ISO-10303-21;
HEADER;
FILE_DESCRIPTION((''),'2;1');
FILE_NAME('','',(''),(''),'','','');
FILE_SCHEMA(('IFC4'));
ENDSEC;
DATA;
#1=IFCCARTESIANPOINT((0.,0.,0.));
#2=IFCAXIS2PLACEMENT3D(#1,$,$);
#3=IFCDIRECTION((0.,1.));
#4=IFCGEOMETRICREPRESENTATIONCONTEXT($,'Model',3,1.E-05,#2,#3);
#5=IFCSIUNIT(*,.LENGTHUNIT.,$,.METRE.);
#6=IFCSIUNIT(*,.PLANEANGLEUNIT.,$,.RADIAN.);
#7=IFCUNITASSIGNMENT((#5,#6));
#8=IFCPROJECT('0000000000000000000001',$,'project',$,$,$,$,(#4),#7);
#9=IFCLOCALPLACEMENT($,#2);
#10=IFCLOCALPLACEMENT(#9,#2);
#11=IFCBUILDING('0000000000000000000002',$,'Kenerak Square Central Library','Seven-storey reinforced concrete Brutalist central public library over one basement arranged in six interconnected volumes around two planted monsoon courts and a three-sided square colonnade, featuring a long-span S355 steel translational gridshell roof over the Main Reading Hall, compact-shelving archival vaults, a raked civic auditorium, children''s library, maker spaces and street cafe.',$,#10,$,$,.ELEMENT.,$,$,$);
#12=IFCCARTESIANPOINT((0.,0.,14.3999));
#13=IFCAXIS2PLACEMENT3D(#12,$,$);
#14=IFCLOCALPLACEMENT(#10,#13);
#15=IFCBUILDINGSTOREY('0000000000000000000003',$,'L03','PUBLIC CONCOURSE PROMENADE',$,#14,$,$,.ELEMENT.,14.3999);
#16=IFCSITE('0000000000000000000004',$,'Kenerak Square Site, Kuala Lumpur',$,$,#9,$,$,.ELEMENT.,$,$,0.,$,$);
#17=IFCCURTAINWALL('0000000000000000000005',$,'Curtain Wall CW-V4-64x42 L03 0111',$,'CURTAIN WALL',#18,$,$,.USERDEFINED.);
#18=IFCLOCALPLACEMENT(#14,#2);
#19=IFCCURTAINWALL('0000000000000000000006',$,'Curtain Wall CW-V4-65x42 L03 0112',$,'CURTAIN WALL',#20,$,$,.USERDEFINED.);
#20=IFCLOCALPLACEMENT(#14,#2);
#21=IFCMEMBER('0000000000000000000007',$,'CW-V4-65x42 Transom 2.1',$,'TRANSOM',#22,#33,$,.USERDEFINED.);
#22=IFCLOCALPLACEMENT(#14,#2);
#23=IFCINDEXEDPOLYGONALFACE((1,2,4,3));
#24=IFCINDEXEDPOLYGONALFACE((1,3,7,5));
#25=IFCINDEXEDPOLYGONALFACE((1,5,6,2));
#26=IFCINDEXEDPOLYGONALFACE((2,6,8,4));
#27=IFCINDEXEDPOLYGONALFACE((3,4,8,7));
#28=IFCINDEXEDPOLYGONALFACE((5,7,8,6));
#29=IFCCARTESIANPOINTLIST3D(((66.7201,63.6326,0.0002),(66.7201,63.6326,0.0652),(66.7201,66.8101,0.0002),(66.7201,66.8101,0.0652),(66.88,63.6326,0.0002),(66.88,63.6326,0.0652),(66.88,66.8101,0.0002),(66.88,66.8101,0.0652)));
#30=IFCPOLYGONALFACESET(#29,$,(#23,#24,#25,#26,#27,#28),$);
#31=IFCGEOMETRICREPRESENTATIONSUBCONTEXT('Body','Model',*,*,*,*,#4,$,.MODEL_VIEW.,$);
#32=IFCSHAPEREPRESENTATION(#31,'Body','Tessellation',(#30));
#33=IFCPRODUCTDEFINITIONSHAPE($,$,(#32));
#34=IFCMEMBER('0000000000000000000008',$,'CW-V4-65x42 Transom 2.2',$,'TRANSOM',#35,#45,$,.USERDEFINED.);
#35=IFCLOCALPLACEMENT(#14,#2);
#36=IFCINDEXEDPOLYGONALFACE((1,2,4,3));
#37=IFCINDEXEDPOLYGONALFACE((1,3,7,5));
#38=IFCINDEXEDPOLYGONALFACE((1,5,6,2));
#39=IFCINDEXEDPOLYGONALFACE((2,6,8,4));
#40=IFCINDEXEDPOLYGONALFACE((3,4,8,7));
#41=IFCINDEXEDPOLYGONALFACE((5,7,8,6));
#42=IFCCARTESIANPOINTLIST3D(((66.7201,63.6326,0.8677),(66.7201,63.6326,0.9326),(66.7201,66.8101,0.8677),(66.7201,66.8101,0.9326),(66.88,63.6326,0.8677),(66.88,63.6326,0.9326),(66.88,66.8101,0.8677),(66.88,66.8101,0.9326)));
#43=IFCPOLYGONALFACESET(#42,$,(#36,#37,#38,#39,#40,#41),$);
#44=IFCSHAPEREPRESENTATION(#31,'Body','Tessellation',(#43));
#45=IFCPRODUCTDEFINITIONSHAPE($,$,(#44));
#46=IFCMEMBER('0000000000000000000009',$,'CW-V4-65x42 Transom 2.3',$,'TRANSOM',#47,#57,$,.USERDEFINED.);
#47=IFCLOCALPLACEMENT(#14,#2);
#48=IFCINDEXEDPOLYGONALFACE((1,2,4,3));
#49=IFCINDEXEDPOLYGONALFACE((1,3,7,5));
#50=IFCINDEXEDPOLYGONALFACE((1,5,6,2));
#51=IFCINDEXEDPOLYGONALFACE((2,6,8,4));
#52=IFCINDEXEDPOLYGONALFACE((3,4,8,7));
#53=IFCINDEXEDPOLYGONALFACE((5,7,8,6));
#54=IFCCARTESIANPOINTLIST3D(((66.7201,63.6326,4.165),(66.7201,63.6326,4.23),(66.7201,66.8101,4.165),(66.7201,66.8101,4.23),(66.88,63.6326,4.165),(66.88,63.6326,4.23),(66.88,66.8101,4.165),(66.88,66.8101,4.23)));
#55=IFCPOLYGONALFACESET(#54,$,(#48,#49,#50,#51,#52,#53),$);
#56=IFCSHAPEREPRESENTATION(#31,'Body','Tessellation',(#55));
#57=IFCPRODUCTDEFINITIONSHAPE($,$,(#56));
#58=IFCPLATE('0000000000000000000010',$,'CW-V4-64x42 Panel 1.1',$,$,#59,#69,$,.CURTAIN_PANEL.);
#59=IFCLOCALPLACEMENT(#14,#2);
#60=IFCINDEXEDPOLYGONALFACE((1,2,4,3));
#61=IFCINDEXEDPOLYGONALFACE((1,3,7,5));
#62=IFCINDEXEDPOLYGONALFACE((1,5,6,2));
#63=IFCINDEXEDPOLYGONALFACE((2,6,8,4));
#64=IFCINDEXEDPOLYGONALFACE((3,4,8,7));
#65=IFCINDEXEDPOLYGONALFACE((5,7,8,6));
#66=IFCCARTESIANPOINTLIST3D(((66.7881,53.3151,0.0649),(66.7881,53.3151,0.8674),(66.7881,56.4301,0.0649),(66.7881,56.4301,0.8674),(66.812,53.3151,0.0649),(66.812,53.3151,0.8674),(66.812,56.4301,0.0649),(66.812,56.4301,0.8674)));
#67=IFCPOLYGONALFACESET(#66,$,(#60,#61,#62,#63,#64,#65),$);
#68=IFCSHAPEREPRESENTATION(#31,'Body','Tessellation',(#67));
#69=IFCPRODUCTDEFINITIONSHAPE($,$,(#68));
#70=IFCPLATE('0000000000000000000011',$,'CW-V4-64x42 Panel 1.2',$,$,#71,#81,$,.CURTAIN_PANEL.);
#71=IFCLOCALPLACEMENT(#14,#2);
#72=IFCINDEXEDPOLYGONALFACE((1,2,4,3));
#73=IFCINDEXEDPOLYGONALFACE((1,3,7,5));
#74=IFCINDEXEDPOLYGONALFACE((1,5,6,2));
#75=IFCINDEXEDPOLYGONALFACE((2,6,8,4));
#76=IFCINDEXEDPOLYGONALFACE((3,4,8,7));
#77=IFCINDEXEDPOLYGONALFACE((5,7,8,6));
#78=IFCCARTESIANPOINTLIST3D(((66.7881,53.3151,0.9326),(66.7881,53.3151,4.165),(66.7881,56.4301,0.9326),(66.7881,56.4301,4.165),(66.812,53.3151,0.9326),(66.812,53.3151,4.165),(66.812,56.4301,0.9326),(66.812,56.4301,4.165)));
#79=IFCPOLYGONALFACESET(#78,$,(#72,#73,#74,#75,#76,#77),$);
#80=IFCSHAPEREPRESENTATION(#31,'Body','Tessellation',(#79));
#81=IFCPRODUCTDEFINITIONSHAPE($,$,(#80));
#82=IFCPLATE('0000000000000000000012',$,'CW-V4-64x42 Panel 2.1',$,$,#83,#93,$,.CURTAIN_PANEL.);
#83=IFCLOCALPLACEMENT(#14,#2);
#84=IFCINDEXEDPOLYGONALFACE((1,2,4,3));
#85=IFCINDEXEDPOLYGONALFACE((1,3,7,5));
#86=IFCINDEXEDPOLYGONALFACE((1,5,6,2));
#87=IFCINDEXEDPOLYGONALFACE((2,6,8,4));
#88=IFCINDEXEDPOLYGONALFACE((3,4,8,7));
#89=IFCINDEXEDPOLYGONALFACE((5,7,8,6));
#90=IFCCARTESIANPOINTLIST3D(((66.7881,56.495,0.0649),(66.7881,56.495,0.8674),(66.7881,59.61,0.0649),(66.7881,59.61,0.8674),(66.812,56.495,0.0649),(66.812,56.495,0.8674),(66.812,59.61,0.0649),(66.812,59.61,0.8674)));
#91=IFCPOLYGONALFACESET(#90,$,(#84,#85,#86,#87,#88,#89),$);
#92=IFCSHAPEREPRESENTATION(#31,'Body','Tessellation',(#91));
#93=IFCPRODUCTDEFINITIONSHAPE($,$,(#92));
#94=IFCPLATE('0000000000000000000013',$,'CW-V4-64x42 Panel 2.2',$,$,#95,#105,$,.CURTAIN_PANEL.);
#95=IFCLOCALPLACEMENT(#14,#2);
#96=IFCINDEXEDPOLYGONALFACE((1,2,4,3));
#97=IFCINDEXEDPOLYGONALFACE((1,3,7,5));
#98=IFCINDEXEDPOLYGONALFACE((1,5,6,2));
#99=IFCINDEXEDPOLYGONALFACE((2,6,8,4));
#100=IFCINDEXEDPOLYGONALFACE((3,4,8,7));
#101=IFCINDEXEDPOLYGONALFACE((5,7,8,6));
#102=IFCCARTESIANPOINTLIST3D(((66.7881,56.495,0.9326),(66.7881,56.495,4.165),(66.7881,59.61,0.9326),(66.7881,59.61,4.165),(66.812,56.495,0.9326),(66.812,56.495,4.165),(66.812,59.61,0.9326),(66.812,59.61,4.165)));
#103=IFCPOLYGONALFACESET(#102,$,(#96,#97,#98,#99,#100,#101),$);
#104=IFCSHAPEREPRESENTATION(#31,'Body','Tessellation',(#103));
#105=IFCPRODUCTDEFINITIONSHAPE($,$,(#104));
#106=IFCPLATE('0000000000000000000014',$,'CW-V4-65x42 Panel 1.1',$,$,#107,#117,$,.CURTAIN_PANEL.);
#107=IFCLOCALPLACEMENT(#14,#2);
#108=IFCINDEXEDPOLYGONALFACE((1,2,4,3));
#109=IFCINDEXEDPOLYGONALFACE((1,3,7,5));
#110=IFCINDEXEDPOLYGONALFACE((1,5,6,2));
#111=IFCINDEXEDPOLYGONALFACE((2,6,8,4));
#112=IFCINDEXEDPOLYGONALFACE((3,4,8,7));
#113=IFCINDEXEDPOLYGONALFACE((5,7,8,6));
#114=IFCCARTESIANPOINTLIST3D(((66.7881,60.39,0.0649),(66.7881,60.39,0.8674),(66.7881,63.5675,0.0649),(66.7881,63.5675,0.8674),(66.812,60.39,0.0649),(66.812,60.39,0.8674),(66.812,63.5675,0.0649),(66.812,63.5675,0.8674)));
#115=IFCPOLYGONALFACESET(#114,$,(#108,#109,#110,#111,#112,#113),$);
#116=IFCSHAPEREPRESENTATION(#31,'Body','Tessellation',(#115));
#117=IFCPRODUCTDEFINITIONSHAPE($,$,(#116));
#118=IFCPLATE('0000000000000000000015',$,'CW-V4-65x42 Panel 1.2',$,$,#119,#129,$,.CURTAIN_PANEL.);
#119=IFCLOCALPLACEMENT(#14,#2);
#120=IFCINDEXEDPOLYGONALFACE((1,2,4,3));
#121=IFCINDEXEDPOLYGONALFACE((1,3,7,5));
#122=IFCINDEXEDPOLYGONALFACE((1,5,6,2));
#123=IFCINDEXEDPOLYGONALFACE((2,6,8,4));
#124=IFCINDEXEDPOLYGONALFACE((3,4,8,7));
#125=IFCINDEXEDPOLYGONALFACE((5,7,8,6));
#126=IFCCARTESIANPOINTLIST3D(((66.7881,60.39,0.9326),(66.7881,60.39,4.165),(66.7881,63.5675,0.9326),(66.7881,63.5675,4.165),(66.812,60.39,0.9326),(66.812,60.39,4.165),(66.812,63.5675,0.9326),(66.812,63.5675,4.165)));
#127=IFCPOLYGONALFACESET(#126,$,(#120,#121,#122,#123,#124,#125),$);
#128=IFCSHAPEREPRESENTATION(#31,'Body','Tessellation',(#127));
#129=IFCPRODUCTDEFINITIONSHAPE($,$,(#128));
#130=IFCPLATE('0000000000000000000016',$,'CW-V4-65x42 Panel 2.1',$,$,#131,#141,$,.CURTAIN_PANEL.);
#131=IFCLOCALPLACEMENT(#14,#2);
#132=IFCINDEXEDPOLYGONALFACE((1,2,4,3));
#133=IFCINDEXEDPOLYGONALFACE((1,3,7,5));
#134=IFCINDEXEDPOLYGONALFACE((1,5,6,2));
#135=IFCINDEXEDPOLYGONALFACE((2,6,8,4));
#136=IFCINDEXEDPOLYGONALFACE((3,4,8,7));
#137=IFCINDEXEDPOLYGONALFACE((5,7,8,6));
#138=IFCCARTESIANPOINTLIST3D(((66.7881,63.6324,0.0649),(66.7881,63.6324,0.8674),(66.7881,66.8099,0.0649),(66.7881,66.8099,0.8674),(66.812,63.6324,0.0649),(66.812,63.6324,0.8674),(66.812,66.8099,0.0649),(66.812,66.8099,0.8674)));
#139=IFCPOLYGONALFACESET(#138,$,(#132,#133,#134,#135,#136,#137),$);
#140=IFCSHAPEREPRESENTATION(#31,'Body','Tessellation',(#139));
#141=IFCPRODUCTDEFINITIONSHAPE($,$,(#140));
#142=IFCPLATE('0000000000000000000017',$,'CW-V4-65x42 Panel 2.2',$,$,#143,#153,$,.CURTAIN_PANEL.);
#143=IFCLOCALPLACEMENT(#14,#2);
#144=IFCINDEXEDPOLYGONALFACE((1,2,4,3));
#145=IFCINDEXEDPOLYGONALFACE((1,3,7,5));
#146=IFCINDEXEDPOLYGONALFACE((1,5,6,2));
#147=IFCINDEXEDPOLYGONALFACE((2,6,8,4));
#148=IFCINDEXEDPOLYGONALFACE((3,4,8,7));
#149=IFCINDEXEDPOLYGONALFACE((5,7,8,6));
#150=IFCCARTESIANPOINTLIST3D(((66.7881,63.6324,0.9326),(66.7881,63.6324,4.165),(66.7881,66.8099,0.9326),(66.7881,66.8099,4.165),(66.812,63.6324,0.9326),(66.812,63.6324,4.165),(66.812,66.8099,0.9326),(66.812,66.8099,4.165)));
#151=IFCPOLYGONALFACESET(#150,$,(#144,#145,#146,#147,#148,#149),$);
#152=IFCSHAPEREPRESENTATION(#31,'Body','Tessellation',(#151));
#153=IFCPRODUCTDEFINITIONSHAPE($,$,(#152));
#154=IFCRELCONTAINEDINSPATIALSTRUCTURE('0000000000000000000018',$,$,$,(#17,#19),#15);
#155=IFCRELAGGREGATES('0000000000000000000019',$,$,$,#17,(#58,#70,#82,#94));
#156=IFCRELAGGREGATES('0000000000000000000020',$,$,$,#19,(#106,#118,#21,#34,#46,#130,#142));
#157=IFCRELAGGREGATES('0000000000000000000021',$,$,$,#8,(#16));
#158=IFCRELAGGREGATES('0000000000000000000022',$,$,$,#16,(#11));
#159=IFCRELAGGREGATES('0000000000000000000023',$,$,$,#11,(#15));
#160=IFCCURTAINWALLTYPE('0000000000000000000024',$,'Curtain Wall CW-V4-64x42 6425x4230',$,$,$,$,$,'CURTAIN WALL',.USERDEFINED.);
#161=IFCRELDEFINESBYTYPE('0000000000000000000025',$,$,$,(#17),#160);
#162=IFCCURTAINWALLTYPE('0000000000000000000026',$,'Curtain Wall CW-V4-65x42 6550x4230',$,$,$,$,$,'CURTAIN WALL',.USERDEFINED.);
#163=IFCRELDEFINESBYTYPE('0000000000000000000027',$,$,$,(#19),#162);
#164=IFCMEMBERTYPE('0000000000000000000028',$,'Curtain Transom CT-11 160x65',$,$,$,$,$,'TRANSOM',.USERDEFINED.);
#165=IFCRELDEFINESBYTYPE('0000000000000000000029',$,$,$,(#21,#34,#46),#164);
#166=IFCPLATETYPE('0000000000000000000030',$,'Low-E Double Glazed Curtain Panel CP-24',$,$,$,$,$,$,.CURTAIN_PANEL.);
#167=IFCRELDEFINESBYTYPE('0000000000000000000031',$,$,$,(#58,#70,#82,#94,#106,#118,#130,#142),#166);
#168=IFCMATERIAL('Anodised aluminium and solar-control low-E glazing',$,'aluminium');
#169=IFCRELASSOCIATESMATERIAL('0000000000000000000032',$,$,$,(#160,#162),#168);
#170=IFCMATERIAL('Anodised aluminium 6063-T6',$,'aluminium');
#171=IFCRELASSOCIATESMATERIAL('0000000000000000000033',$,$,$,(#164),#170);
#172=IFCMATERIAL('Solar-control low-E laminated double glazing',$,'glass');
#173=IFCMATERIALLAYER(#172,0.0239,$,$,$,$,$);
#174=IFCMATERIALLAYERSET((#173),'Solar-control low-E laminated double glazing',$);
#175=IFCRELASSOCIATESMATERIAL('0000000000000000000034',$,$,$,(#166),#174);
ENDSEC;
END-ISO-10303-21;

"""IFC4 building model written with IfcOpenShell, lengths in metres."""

from ifc_helpers import new_model, si_unit, direction, frame, origin, origin_2d, place, context, subcontext, project, spatial, rectangle, extrude, material, layer, layer_set, material_profile, profile_set, type_object, element, aggregate, save


model = new_model("IFC4")

# Units and contexts
model_context = context("Model", 3, precision=1e-05, world=origin(), true_north=direction((0.0, 1.0)))
body_context = subcontext(model_context, "Body", "Model", "MODEL_VIEW")
ifc_project = project(units=[si_unit("LENGTHUNIT", "METRE"), si_unit("PLANEANGLEUNIT", "RADIAN")], contexts=[model_context])

# Site, building, storey
site_placement = place(None, origin())
site = spatial("IfcSite", under=ifc_project, at=site_placement, Name="Kenerak Square Site, Kuala Lumpur", CompositionType="ELEMENT", RefElevation=0.0)
building_placement = place(site_placement, origin())
building = spatial("IfcBuilding", under=site, at=building_placement, Name="Kenerak Square Central Library", Description="Seven-storey reinforced concrete Brutalist central public library over one basement arranged in six interconnected volumes around two planted monsoon courts and a three-sided square colonnade, featuring a long-span S355 steel translational gridshell roof over the Main Reading Hall, compact-shelving archival vaults, a raked civic auditorium, children's library, maker spaces and street cafe.", CompositionType="ELEMENT")
storey_placement = place(building_placement, frame((0.0, 0.0, 14.3999)))
storey = spatial("IfcBuildingStorey", under=building, at=storey_placement, Name="L03", Description="PUBLIC CONCOURSE PROMENADE", CompositionType="ELEMENT", Elevation=14.3999)

# Curtain walls
ifc_material_1 = material(Name="Anodised aluminium and solar-control low-E glazing", Category="aluminium")
curtain_wall_type_1 = type_object("IfcCurtainWallType", Name="Curtain Wall CW-V4-64x42 6425x4230", ElementType="CURTAIN WALL", PredefinedType="USERDEFINED", material=ifc_material_1)
curtain_wall_1_placement = place(storey_placement, origin())
curtain_wall_1 = element("IfcCurtainWall", 1, at=curtain_wall_1_placement, inside=storey, type_object=curtain_wall_type_1, Name="Curtain Wall CW-V4-64x42 L03 0111", ObjectType="CURTAIN WALL", PredefinedType="USERDEFINED")
ifc_material_2 = material(Name="Anodised aluminium 6063-T6", Category="aluminium")
curtain_wall_type_2 = type_object("IfcCurtainWallType", Name="Curtain Wall CW-V4-65x42 6550x4230", ElementType="CURTAIN WALL", PredefinedType="USERDEFINED", material=ifc_material_1)
curtain_wall_2_placement = place(storey_placement, origin())
curtain_wall_2 = element("IfcCurtainWall", 2, at=curtain_wall_2_placement, inside=storey, type_object=curtain_wall_type_2, Name="Curtain Wall CW-V4-65x42 L03 0112", ObjectType="CURTAIN WALL", PredefinedType="USERDEFINED")

# Members
ifc_material_profile_1 = material_profile(ifc_material_2, rectangle(XDim=0.1599, YDim=0.0649, at=origin_2d()), Name="AL TRANSOM 160x65")
ifc_profile_set_1 = profile_set([ifc_material_profile_1], Name="Anodised aluminium 6063-T6")
member_type_1 = type_object("IfcMemberType", Name="Curtain Transom CT-11 160x65", ElementType="TRANSOM", PredefinedType="USERDEFINED", material=ifc_profile_set_1)
member_1_placement = place(storey_placement, frame((66.8, 63.6326, 0.0327), z_axis=(0.0, 1.0, 0.0), x_axis=(-1.0, 0.0, 0.0)))
member_1 = element("IfcMember", 3, at=member_1_placement, type_object=member_type_1, Name="CW-V4-65x42 Transom 2.1", ObjectType="TRANSOM", PredefinedType="USERDEFINED", context=body_context, shape_type="SweptSolid", body=[
    extrude(rectangle(XDim=0.1599, YDim=0.0649, at=origin_2d()), origin(), (0.0, 0.0, 1.0), 3.1775),
])
member_2_placement = place(storey_placement, frame((66.8, 63.6326, 0.9001), z_axis=(0.0, 1.0, 0.0), x_axis=(-1.0, 0.0, 0.0)))
member_2 = element("IfcMember", 4, at=member_2_placement, type_object=member_type_1, Name="CW-V4-65x42 Transom 2.2", ObjectType="TRANSOM", PredefinedType="USERDEFINED", context=body_context, shape_type="SweptSolid", body=[
    extrude(rectangle(XDim=0.1599, YDim=0.0649, at=origin_2d()), origin(), (0.0, 0.0, 1.0), 3.1775),
])
member_3_placement = place(storey_placement, frame((66.8, 63.6326, 4.1975), z_axis=(0.0, 1.0, 0.0), x_axis=(-1.0, 0.0, 0.0)))
member_3 = element("IfcMember", 5, at=member_3_placement, type_object=member_type_1, Name="CW-V4-65x42 Transom 2.3", ObjectType="TRANSOM", PredefinedType="USERDEFINED", context=body_context, shape_type="SweptSolid", body=[
    extrude(rectangle(XDim=0.1599, YDim=0.0649, at=origin_2d()), origin(), (0.0, 0.0, 1.0), 3.1775),
])

# Plates
ifc_material_3 = material(Name="Solar-control low-E laminated double glazing", Category="glass")
ifc_layer = layer(ifc_material_3, 0.0239)
ifc_layer_set = layer_set([ifc_layer], Name="Solar-control low-E laminated double glazing")
plate_type = type_object("IfcPlateType", Name="Low-E Double Glazed Curtain Panel CP-24", PredefinedType="CURTAIN_PANEL", material=ifc_layer_set)
plate_1_placement = place(storey_placement, frame((66.8, 54.8726, 0.0649), z_axis=(0.0, 0.0, 1.0), x_axis=(0.0, 1.0, 0.0)))
plate_1 = element("IfcPlate", 6, at=plate_1_placement, type_object=plate_type, Name="CW-V4-64x42 Panel 1.1", PredefinedType="CURTAIN_PANEL", context=body_context, shape_type="SweptSolid", body=[
    extrude(rectangle(XDim=3.115, YDim=0.0239, at=origin_2d()), origin(), (0.0, 0.0, 1.0), 0.8025),
])
plate_2_placement = place(storey_placement, frame((66.8, 54.8726, 0.9326), z_axis=(0.0, 0.0, 1.0), x_axis=(0.0, 1.0, 0.0)))
plate_2 = element("IfcPlate", 7, at=plate_2_placement, type_object=plate_type, Name="CW-V4-64x42 Panel 1.2", PredefinedType="CURTAIN_PANEL", context=body_context, shape_type="SweptSolid", body=[
    extrude(rectangle(XDim=3.115, YDim=0.0239, at=origin_2d()), origin(), (0.0, 0.0, 1.0), 3.2324),
])
plate_3_placement = place(storey_placement, frame((66.8, 58.0525, 0.0649), z_axis=(0.0, 0.0, 1.0), x_axis=(0.0, 1.0, 0.0)))
plate_3 = element("IfcPlate", 8, at=plate_3_placement, type_object=plate_type, Name="CW-V4-64x42 Panel 2.1", PredefinedType="CURTAIN_PANEL", context=body_context, shape_type="SweptSolid", body=[
    extrude(rectangle(XDim=3.115, YDim=0.0239, at=origin_2d()), origin(), (0.0, 0.0, 1.0), 0.8025),
])
plate_4_placement = place(storey_placement, frame((66.8, 58.0525, 0.9326), z_axis=(0.0, 0.0, 1.0), x_axis=(0.0, 1.0, 0.0)))
plate_4 = element("IfcPlate", 9, at=plate_4_placement, type_object=plate_type, Name="CW-V4-64x42 Panel 2.2", PredefinedType="CURTAIN_PANEL", context=body_context, shape_type="SweptSolid", body=[
    extrude(rectangle(XDim=3.115, YDim=0.0239, at=origin_2d()), origin(), (0.0, 0.0, 1.0), 3.2324),
])
aggregate(curtain_wall_1, [plate_1, plate_2, plate_3, plate_4])
plate_5_placement = place(storey_placement, frame((66.8, 61.9788, 0.0649), z_axis=(0.0, 0.0, 1.0), x_axis=(0.0, 1.0, 0.0)))
plate_5 = element("IfcPlate", 10, at=plate_5_placement, type_object=plate_type, Name="CW-V4-65x42 Panel 1.1", PredefinedType="CURTAIN_PANEL", context=body_context, shape_type="SweptSolid", body=[
    extrude(rectangle(XDim=3.1775, YDim=0.0239, at=origin_2d()), origin(), (0.0, 0.0, 1.0), 0.8025),
])
plate_6_placement = place(storey_placement, frame((66.8, 61.9788, 0.9326), z_axis=(0.0, 0.0, 1.0), x_axis=(0.0, 1.0, 0.0)))
plate_6 = element("IfcPlate", 11, at=plate_6_placement, type_object=plate_type, Name="CW-V4-65x42 Panel 1.2", PredefinedType="CURTAIN_PANEL", context=body_context, shape_type="SweptSolid", body=[
    extrude(rectangle(XDim=3.1775, YDim=0.0239, at=origin_2d()), origin(), (0.0, 0.0, 1.0), 3.2324),
])
plate_7_placement = place(storey_placement, frame((66.8, 65.2212, 0.0649), z_axis=(0.0, 0.0, 1.0), x_axis=(0.0, 1.0, 0.0)))
plate_7 = element("IfcPlate", 12, at=plate_7_placement, type_object=plate_type, Name="CW-V4-65x42 Panel 2.1", PredefinedType="CURTAIN_PANEL", context=body_context, shape_type="SweptSolid", body=[
    extrude(rectangle(XDim=3.1775, YDim=0.0239, at=origin_2d()), origin(), (0.0, 0.0, 1.0), 0.8025),
])
plate_8_placement = place(storey_placement, frame((66.8, 65.2212, 0.9326), z_axis=(0.0, 0.0, 1.0), x_axis=(0.0, 1.0, 0.0)))
plate_8 = element("IfcPlate", 13, at=plate_8_placement, type_object=plate_type, Name="CW-V4-65x42 Panel 2.2", PredefinedType="CURTAIN_PANEL", context=body_context, shape_type="SweptSolid", body=[
    extrude(rectangle(XDim=3.1775, YDim=0.0239, at=origin_2d()), origin(), (0.0, 0.0, 1.0), 3.2324),
])
aggregate(curtain_wall_2, [plate_5, plate_6, member_1, member_2, member_3, plate_7, plate_8])

save(model, "model.ifc")
